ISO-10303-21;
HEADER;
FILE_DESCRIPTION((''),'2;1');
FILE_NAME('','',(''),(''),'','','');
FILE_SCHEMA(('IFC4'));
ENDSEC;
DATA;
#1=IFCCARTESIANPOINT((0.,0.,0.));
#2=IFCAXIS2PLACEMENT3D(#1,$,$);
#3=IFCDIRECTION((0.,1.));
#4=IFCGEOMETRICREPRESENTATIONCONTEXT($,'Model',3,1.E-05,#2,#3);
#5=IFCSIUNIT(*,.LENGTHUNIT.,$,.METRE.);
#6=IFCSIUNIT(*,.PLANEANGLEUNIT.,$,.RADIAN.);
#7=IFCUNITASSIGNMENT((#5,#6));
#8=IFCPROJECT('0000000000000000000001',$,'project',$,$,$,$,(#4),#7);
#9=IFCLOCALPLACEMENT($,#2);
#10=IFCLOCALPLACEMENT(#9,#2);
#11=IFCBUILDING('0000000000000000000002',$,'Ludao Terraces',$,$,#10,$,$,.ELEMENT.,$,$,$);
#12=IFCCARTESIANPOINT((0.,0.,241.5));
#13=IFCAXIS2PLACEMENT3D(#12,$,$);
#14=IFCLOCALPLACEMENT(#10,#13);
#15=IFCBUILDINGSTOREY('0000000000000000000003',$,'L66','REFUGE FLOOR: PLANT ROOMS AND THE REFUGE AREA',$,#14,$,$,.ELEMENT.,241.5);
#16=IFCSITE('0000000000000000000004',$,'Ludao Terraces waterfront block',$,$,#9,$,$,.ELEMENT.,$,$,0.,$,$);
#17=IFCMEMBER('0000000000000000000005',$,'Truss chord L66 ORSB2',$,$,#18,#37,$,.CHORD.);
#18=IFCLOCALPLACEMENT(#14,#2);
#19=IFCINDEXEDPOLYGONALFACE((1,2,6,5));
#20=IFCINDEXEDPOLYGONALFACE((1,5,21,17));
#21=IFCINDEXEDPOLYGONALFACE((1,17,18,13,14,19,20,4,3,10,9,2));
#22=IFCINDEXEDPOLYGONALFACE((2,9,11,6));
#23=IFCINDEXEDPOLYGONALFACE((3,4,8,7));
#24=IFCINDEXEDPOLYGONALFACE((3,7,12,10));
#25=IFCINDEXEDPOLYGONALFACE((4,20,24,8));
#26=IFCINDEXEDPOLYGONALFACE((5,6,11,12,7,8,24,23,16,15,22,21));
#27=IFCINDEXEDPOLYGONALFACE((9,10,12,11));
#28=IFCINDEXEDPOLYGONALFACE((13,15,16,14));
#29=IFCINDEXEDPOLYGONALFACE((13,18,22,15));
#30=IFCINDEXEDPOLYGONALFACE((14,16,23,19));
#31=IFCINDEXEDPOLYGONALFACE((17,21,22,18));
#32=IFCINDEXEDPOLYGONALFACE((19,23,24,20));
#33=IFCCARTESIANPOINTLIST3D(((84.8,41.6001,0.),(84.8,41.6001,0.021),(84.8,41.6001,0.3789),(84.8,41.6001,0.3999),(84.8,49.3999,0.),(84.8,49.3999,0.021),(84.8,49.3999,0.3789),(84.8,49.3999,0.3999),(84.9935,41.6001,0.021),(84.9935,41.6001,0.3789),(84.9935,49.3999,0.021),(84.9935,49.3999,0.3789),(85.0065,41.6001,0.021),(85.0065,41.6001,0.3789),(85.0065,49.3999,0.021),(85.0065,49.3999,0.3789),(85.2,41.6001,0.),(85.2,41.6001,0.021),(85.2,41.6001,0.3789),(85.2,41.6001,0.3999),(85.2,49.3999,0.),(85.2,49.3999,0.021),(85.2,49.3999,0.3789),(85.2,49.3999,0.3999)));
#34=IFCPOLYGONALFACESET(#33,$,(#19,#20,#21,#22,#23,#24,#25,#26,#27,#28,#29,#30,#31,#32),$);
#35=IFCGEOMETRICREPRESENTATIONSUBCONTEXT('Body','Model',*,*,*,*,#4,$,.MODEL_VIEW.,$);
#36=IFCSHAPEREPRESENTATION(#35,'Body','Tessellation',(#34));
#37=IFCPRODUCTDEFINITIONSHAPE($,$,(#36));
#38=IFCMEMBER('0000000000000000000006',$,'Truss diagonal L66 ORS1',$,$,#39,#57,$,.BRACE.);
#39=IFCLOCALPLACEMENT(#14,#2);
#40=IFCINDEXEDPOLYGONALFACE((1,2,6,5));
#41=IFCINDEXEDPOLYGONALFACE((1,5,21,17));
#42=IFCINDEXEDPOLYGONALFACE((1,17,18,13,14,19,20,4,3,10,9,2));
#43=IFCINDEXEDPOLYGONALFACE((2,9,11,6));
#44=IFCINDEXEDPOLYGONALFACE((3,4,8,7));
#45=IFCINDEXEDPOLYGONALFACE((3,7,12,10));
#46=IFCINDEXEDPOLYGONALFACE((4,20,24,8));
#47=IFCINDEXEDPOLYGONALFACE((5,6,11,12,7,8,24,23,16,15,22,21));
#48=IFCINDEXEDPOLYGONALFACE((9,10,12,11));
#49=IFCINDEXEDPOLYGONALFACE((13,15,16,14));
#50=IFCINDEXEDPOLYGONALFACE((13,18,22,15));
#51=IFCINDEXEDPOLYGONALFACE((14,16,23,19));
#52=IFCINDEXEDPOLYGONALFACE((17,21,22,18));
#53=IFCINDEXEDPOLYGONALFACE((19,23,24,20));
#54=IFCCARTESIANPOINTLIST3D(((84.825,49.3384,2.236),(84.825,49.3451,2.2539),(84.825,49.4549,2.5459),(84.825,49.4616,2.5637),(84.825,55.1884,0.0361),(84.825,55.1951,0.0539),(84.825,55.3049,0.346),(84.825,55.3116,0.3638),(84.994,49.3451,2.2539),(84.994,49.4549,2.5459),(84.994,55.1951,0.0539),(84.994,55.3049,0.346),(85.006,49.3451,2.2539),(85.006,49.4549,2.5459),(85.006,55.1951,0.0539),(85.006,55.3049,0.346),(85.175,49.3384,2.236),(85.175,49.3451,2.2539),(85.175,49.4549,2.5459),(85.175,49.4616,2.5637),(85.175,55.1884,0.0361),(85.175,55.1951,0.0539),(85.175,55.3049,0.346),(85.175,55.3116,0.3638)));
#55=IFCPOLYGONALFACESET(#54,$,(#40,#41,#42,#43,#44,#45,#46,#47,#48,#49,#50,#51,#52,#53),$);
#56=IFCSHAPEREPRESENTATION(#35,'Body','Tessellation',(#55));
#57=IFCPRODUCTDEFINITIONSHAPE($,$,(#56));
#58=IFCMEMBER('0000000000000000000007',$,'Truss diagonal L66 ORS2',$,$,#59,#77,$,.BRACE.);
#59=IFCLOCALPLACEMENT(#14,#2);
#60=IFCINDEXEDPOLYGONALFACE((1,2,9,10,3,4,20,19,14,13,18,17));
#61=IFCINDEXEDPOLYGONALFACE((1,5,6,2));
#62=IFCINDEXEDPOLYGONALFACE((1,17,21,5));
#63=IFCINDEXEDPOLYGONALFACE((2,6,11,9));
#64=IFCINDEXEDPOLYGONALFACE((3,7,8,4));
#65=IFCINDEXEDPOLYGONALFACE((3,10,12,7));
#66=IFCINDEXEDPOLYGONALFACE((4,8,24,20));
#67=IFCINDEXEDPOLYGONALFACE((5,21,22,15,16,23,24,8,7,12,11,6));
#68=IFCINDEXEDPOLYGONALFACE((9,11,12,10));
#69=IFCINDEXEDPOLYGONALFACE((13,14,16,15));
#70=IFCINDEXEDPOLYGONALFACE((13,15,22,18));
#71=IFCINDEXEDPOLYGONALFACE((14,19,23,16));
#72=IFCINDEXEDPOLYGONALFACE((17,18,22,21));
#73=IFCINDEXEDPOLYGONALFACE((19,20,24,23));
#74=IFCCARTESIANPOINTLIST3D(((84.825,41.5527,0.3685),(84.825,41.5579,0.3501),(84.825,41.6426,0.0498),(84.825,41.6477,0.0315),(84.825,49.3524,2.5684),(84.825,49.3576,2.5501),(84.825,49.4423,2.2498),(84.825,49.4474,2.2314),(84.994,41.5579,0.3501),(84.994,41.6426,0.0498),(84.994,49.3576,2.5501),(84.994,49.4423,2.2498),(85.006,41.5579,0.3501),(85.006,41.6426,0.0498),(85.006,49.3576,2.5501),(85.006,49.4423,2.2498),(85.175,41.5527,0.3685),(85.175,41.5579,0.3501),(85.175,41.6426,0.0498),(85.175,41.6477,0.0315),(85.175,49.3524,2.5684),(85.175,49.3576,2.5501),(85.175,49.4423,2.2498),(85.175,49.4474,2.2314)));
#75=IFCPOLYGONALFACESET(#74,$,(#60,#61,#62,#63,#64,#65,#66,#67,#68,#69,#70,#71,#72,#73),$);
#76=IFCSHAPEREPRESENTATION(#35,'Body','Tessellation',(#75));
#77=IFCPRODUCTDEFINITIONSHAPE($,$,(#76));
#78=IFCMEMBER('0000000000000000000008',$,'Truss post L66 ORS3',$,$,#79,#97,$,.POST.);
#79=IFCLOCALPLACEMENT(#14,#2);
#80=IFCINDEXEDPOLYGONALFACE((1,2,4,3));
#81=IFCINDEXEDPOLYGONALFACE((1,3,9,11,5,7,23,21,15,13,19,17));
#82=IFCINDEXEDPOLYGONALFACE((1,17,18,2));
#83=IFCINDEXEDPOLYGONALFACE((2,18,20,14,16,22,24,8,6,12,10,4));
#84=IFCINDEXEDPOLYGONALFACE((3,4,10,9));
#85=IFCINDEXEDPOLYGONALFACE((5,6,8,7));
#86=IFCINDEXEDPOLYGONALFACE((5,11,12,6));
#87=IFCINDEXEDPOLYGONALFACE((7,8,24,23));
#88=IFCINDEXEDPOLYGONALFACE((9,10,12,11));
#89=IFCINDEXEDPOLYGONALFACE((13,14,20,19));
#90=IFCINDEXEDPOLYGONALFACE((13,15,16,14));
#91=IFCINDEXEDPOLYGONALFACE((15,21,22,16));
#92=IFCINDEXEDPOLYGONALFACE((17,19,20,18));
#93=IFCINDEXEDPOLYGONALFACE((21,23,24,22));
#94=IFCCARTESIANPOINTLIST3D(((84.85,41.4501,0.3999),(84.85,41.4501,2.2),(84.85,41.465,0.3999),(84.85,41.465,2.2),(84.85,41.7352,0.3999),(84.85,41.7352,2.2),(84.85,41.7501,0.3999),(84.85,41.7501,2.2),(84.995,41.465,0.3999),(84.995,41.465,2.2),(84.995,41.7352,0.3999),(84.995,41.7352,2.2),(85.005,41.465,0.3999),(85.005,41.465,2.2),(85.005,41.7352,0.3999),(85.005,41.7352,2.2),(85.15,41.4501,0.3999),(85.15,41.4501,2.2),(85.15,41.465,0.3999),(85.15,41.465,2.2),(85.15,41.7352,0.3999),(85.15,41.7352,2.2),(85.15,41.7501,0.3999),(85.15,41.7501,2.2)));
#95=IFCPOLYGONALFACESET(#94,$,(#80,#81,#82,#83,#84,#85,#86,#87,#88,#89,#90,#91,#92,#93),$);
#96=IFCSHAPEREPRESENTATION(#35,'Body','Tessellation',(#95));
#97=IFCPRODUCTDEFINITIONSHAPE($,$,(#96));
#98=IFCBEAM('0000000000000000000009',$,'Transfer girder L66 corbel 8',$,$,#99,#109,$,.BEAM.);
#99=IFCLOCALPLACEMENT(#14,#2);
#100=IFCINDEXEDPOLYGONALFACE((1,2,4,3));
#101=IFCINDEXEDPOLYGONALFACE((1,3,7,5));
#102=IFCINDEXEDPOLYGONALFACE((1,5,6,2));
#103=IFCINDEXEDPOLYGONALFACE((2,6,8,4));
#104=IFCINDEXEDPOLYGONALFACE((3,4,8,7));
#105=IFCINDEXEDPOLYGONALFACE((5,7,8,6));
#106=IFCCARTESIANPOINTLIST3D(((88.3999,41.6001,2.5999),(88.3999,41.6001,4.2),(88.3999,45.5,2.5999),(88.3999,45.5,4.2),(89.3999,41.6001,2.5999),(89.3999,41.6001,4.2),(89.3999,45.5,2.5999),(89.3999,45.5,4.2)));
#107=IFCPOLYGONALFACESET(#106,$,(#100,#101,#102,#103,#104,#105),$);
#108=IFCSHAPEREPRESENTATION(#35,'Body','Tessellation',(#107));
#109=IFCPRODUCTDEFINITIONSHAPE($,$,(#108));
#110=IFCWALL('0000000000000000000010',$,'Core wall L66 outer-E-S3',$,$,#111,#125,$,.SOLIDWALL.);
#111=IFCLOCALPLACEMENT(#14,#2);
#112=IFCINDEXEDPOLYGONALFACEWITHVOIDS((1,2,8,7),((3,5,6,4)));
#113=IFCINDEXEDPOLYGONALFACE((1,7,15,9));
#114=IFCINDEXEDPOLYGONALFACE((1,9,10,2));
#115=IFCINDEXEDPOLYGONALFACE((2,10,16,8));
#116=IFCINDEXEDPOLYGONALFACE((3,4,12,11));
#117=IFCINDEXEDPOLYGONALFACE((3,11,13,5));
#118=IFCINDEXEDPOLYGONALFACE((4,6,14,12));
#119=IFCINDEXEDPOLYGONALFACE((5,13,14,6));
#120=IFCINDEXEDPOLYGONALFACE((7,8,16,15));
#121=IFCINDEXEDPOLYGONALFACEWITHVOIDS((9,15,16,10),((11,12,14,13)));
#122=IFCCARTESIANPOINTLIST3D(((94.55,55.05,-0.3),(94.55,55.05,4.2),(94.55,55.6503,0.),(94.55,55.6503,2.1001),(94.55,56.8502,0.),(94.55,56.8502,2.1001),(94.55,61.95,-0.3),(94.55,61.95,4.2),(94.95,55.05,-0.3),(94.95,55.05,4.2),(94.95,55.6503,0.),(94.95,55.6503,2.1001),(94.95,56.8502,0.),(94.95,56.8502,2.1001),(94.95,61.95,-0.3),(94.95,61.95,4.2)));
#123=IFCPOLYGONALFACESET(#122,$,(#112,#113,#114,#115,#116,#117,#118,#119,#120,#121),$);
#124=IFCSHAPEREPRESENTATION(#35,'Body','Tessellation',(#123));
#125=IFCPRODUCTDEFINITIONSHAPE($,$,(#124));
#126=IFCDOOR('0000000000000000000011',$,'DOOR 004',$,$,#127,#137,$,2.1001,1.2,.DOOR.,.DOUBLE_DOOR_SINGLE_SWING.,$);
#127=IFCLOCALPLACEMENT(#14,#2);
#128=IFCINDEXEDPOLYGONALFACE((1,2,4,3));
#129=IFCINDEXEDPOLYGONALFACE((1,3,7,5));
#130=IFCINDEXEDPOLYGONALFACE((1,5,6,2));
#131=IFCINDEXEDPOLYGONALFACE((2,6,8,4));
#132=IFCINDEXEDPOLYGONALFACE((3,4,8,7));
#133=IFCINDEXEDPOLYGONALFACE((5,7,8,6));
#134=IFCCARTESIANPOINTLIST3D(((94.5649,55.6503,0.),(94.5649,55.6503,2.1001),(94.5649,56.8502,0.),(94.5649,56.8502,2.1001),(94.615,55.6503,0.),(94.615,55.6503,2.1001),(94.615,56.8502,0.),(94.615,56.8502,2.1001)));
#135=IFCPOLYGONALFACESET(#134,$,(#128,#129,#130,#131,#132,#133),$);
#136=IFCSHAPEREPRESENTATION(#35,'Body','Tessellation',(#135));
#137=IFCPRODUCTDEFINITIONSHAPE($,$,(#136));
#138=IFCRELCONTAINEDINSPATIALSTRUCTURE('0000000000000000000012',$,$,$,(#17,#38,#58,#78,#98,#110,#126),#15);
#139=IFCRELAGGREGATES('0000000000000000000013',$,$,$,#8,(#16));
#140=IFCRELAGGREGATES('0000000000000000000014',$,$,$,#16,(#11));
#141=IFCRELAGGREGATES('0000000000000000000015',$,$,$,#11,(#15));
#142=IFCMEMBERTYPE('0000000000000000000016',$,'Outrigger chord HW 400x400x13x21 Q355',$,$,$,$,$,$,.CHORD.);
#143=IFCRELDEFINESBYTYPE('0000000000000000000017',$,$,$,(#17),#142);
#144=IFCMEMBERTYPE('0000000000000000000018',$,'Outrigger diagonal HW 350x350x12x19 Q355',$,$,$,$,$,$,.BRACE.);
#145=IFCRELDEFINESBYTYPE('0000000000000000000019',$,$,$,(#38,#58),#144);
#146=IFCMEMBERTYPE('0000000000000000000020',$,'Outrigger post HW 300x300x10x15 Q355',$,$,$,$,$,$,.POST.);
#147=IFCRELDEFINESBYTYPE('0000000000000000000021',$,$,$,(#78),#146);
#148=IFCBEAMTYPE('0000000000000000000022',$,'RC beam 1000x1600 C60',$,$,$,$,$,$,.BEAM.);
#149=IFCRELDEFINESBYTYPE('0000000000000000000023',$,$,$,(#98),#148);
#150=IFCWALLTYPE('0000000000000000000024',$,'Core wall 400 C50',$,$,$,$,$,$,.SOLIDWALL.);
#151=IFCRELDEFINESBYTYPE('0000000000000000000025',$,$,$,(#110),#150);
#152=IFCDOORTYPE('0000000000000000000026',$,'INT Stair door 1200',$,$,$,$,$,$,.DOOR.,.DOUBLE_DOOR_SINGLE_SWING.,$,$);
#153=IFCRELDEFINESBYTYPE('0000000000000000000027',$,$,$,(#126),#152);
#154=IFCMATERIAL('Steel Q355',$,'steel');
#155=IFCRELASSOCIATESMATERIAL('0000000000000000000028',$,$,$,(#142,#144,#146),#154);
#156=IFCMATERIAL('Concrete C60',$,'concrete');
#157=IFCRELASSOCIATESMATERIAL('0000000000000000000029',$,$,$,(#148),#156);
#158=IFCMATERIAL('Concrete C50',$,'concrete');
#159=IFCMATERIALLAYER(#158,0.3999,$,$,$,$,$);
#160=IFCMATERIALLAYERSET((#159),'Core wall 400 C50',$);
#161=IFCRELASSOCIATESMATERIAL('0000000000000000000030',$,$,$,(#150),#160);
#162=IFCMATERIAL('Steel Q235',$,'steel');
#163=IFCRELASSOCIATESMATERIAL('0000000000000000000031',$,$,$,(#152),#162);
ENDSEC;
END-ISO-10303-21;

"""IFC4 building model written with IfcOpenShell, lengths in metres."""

from ifc_helpers import new_model, si_unit, direction, frame, frame_2d, origin, origin_2d, place, context, subcontext, project, spatial, rectangle, i_section, extrude, material, layer, layer_set, material_profile, profile_set, type_object, element, fill, save


model = new_model("IFC4")

# Units and contexts
model_context = context("Model", 3, precision=1e-05, world=origin(), true_north=direction((0.0, 1.0)))
body_context = subcontext(model_context, "Body", "Model", "MODEL_VIEW")
ifc_project = project(units=[si_unit("LENGTHUNIT", "METRE"), si_unit("PLANEANGLEUNIT", "RADIAN")], contexts=[model_context])

# Site, building, storey
site_placement = place(None, origin())
site = spatial("IfcSite", under=ifc_project, at=site_placement, Name="Ludao Terraces waterfront block", CompositionType="ELEMENT", RefElevation=0.0)
building_placement = place(site_placement, origin())
building = spatial("IfcBuilding", under=site, at=building_placement, Name="Ludao Terraces", CompositionType="ELEMENT")
storey_placement = place(building_placement, frame((0.0, 0.0, 241.5)))
storey = spatial("IfcBuildingStorey", under=building, at=storey_placement, Name="L66", Description="REFUGE FLOOR: PLANT ROOMS AND THE REFUGE AREA", CompositionType="ELEMENT", Elevation=241.5)

# Shared definitions
ifc_material_1 = material(Name="Concrete C50", Category="concrete")

# Members
ifc_material_2 = material(Name="Steel Q355", Category="steel")
ifc_material_profile_1 = material_profile(ifc_material_2, i_section(OverallWidth=0.3999, OverallDepth=0.3999, WebThickness=0.0129, FlangeThickness=0.021, at=origin_2d()), Name="HW 400X400X13X21")
ifc_profile_set_1 = profile_set([ifc_material_profile_1], Name="Steel Q355")
member_type_1 = type_object("IfcMemberType", Name="Outrigger chord HW 400x400x13x21 Q355", PredefinedType="CHORD", material=ifc_profile_set_1)
for number, where, z_axis, x_axis, name in (
    (1, (85.0, 49.3999, 0.2), (0.0, -1.0, 0.0), (1.0, 0.0, 0.0), "Truss chord L66 ORSB2"),
):
    element("IfcMember", number, at=place(storey_placement, frame(where, z_axis=z_axis, x_axis=x_axis)), inside=storey, type_object=member_type_1, Name=name, PredefinedType="CHORD", context=body_context, shape_type="SweptSolid", body=[
        extrude(i_section(OverallWidth=0.3999, OverallDepth=0.3999, WebThickness=0.0129, FlangeThickness=0.021, at=origin_2d()), origin(), (0.0, 0.0, 1.0), 7.7998),
    ])
ifc_material_profile_2 = material_profile(ifc_material_2, i_section(OverallWidth=0.3501, OverallDepth=0.3501, WebThickness=0.012, FlangeThickness=0.019, at=origin_2d()), Name="HW 350X350X12X19")
ifc_profile_set_2 = profile_set([ifc_material_profile_2], Name="Steel Q355")
member_type_2 = type_object("IfcMemberType", Name="Outrigger diagonal HW 350x350x12x19 Q355", PredefinedType="BRACE", material=ifc_profile_set_2)
member_1_placement = place(storey_placement, frame((85.0, 55.25, 0.2), z_axis=(0.0, -0.936005, 0.351988), x_axis=(1.0, 0.0, 0.0)))
element("IfcMember", 2, at=member_1_placement, inside=storey, type_object=member_type_2, Name="Truss diagonal L66 ORS1", PredefinedType="BRACE", context=body_context, shape_type="SweptSolid", body=[
    extrude(i_section(OverallWidth=0.3501, OverallDepth=0.3501, WebThickness=0.012, FlangeThickness=0.019, at=origin_2d()), origin(), (0.0, 0.0, 1.0), 6.25),
])
member_2_placement = place(storey_placement, frame((85.0, 49.3999, 2.3999), z_axis=(0.0, -0.962449, -0.271461), x_axis=(1.0, 0.0, 0.0)))
element("IfcMember", 3, at=member_2_placement, inside=storey, type_object=member_type_2, Name="Truss diagonal L66 ORS2", PredefinedType="BRACE", context=body_context, shape_type="SweptSolid", body=[
    extrude(i_section(OverallWidth=0.3501, OverallDepth=0.3501, WebThickness=0.012, FlangeThickness=0.019, at=origin_2d()), origin(), (0.0, 0.0, 1.0), 8.104),
])
ifc_material_profile_3 = material_profile(ifc_material_2, i_section(OverallWidth=0.3, OverallDepth=0.3, WebThickness=0.01, FlangeThickness=0.0149, at=origin_2d()), Name="HW 300X300X10X15")
ifc_profile_set_3 = profile_set([ifc_material_profile_3], Name="Steel Q355")
member_type_3 = type_object("IfcMemberType", Name="Outrigger post HW 300x300x10x15 Q355", PredefinedType="POST", material=ifc_profile_set_3)
member_3_placement = place(storey_placement, frame((85.0, 41.6001, 0.3999), z_axis=(0.0, 0.0, 1.0), x_axis=(1.0, 0.0, 0.0)))
element("IfcMember", 4, at=member_3_placement, inside=storey, type_object=member_type_3, Name="Truss post L66 ORS3", PredefinedType="POST", context=body_context, shape_type="SweptSolid", body=[
    extrude(i_section(OverallWidth=0.3, OverallDepth=0.3, WebThickness=0.01, FlangeThickness=0.0149, at=origin_2d()), origin(), (0.0, 0.0, 1.0), 1.8),
])

# Beam
ifc_material_3 = material(Name="Concrete C60", Category="concrete")
ifc_material_profile_4 = material_profile(ifc_material_3, rectangle(XDim=1.0, YDim=1.6001, at=origin_2d()), Name="1000 X 1600")
ifc_profile_set_4 = profile_set([ifc_material_profile_4], Name="Concrete C60")
beam_type = type_object("IfcBeamType", Name="RC beam 1000x1600 C60", PredefinedType="BEAM", material=ifc_profile_set_4)
beam_placement = place(storey_placement, frame((88.8999, 41.6001, 3.3999), z_axis=(0.0, 1.0, 0.0), x_axis=(-1.0, 0.0, 0.0)))
element("IfcBeam", 5, at=beam_placement, inside=storey, type_object=beam_type, Name="Transfer girder L66 corbel 8", PredefinedType="BEAM", context=body_context, shape_type="SweptSolid", body=[
    extrude(rectangle(XDim=1.0, YDim=1.6001, at=origin_2d()), origin(), (0.0, 0.0, 1.0), 3.8999),
])

# Wall, opening, door
ifc_layer = layer(ifc_material_1, 0.3999)
ifc_layer_set = layer_set([ifc_layer], Name="Core wall 400 C50")
wall_type = type_object("IfcWallType", Name="Core wall 400 C50", PredefinedType="SOLIDWALL", material=ifc_layer_set)
wall_placement = place(storey_placement, frame((94.75, 55.05, -0.3), z_axis=(0.0, 0.0, 1.0), x_axis=(0.0, 1.0, 0.0)))
wall = element("IfcWall", 6, at=wall_placement, inside=storey, type_object=wall_type, Name="Core wall L66 outer-E-S3", PredefinedType="SOLIDWALL", context=body_context, shape_type="SweptSolid", body=[
    extrude(rectangle(XDim=6.8999, YDim=0.3999, at=frame_2d((3.45, 0.0))), origin(), (0.0, 0.0, 1.0), 4.5),
])
opening_placement = place(wall_placement, frame((0.6001, 0.0, 0.3)))
opening = element("IfcOpeningElement", 7, at=opening_placement, cuts=wall, PredefinedType="OPENING", context=body_context, shape_type="SweptSolid", body=[
    extrude(rectangle(XDim=1.2, YDim=2.1001, at=frame_2d((0.6001, 1.05))), frame((0.0, 0.21, 0.0), z_axis=(0.0, -1.0, 0.0), x_axis=(1.0, 0.0, 0.0)), (0.0, 0.0, 1.0), 0.4199),
])
ifc_material_4 = material(Name="Steel Q235", Category="steel")
door_type = type_object("IfcDoorType", Name="INT Stair door 1200", OperationType="DOUBLE_DOOR_SINGLE_SWING", PredefinedType="DOOR", material=ifc_material_4)
door_placement = place(opening_placement, origin())
door = element("IfcDoor", 8, at=door_placement, inside=storey, type_object=door_type, Name="DOOR 004", OperationType="DOUBLE_DOOR_SINGLE_SWING", OverallHeight=2.1001, OverallWidth=1.2, PredefinedType="DOOR", context=body_context, shape_type="SweptSolid", body=[
    extrude(rectangle(XDim=1.2, YDim=2.1001, at=frame_2d((0.6001, 1.05))), frame((0.0, 0.1851, 0.0), z_axis=(0.0, -1.0, 0.0), x_axis=(1.0, 0.0, 0.0)), (0.0, 0.0, 1.0), 0.05),
])
fill(opening, door)

save(model, "model.ifc")
